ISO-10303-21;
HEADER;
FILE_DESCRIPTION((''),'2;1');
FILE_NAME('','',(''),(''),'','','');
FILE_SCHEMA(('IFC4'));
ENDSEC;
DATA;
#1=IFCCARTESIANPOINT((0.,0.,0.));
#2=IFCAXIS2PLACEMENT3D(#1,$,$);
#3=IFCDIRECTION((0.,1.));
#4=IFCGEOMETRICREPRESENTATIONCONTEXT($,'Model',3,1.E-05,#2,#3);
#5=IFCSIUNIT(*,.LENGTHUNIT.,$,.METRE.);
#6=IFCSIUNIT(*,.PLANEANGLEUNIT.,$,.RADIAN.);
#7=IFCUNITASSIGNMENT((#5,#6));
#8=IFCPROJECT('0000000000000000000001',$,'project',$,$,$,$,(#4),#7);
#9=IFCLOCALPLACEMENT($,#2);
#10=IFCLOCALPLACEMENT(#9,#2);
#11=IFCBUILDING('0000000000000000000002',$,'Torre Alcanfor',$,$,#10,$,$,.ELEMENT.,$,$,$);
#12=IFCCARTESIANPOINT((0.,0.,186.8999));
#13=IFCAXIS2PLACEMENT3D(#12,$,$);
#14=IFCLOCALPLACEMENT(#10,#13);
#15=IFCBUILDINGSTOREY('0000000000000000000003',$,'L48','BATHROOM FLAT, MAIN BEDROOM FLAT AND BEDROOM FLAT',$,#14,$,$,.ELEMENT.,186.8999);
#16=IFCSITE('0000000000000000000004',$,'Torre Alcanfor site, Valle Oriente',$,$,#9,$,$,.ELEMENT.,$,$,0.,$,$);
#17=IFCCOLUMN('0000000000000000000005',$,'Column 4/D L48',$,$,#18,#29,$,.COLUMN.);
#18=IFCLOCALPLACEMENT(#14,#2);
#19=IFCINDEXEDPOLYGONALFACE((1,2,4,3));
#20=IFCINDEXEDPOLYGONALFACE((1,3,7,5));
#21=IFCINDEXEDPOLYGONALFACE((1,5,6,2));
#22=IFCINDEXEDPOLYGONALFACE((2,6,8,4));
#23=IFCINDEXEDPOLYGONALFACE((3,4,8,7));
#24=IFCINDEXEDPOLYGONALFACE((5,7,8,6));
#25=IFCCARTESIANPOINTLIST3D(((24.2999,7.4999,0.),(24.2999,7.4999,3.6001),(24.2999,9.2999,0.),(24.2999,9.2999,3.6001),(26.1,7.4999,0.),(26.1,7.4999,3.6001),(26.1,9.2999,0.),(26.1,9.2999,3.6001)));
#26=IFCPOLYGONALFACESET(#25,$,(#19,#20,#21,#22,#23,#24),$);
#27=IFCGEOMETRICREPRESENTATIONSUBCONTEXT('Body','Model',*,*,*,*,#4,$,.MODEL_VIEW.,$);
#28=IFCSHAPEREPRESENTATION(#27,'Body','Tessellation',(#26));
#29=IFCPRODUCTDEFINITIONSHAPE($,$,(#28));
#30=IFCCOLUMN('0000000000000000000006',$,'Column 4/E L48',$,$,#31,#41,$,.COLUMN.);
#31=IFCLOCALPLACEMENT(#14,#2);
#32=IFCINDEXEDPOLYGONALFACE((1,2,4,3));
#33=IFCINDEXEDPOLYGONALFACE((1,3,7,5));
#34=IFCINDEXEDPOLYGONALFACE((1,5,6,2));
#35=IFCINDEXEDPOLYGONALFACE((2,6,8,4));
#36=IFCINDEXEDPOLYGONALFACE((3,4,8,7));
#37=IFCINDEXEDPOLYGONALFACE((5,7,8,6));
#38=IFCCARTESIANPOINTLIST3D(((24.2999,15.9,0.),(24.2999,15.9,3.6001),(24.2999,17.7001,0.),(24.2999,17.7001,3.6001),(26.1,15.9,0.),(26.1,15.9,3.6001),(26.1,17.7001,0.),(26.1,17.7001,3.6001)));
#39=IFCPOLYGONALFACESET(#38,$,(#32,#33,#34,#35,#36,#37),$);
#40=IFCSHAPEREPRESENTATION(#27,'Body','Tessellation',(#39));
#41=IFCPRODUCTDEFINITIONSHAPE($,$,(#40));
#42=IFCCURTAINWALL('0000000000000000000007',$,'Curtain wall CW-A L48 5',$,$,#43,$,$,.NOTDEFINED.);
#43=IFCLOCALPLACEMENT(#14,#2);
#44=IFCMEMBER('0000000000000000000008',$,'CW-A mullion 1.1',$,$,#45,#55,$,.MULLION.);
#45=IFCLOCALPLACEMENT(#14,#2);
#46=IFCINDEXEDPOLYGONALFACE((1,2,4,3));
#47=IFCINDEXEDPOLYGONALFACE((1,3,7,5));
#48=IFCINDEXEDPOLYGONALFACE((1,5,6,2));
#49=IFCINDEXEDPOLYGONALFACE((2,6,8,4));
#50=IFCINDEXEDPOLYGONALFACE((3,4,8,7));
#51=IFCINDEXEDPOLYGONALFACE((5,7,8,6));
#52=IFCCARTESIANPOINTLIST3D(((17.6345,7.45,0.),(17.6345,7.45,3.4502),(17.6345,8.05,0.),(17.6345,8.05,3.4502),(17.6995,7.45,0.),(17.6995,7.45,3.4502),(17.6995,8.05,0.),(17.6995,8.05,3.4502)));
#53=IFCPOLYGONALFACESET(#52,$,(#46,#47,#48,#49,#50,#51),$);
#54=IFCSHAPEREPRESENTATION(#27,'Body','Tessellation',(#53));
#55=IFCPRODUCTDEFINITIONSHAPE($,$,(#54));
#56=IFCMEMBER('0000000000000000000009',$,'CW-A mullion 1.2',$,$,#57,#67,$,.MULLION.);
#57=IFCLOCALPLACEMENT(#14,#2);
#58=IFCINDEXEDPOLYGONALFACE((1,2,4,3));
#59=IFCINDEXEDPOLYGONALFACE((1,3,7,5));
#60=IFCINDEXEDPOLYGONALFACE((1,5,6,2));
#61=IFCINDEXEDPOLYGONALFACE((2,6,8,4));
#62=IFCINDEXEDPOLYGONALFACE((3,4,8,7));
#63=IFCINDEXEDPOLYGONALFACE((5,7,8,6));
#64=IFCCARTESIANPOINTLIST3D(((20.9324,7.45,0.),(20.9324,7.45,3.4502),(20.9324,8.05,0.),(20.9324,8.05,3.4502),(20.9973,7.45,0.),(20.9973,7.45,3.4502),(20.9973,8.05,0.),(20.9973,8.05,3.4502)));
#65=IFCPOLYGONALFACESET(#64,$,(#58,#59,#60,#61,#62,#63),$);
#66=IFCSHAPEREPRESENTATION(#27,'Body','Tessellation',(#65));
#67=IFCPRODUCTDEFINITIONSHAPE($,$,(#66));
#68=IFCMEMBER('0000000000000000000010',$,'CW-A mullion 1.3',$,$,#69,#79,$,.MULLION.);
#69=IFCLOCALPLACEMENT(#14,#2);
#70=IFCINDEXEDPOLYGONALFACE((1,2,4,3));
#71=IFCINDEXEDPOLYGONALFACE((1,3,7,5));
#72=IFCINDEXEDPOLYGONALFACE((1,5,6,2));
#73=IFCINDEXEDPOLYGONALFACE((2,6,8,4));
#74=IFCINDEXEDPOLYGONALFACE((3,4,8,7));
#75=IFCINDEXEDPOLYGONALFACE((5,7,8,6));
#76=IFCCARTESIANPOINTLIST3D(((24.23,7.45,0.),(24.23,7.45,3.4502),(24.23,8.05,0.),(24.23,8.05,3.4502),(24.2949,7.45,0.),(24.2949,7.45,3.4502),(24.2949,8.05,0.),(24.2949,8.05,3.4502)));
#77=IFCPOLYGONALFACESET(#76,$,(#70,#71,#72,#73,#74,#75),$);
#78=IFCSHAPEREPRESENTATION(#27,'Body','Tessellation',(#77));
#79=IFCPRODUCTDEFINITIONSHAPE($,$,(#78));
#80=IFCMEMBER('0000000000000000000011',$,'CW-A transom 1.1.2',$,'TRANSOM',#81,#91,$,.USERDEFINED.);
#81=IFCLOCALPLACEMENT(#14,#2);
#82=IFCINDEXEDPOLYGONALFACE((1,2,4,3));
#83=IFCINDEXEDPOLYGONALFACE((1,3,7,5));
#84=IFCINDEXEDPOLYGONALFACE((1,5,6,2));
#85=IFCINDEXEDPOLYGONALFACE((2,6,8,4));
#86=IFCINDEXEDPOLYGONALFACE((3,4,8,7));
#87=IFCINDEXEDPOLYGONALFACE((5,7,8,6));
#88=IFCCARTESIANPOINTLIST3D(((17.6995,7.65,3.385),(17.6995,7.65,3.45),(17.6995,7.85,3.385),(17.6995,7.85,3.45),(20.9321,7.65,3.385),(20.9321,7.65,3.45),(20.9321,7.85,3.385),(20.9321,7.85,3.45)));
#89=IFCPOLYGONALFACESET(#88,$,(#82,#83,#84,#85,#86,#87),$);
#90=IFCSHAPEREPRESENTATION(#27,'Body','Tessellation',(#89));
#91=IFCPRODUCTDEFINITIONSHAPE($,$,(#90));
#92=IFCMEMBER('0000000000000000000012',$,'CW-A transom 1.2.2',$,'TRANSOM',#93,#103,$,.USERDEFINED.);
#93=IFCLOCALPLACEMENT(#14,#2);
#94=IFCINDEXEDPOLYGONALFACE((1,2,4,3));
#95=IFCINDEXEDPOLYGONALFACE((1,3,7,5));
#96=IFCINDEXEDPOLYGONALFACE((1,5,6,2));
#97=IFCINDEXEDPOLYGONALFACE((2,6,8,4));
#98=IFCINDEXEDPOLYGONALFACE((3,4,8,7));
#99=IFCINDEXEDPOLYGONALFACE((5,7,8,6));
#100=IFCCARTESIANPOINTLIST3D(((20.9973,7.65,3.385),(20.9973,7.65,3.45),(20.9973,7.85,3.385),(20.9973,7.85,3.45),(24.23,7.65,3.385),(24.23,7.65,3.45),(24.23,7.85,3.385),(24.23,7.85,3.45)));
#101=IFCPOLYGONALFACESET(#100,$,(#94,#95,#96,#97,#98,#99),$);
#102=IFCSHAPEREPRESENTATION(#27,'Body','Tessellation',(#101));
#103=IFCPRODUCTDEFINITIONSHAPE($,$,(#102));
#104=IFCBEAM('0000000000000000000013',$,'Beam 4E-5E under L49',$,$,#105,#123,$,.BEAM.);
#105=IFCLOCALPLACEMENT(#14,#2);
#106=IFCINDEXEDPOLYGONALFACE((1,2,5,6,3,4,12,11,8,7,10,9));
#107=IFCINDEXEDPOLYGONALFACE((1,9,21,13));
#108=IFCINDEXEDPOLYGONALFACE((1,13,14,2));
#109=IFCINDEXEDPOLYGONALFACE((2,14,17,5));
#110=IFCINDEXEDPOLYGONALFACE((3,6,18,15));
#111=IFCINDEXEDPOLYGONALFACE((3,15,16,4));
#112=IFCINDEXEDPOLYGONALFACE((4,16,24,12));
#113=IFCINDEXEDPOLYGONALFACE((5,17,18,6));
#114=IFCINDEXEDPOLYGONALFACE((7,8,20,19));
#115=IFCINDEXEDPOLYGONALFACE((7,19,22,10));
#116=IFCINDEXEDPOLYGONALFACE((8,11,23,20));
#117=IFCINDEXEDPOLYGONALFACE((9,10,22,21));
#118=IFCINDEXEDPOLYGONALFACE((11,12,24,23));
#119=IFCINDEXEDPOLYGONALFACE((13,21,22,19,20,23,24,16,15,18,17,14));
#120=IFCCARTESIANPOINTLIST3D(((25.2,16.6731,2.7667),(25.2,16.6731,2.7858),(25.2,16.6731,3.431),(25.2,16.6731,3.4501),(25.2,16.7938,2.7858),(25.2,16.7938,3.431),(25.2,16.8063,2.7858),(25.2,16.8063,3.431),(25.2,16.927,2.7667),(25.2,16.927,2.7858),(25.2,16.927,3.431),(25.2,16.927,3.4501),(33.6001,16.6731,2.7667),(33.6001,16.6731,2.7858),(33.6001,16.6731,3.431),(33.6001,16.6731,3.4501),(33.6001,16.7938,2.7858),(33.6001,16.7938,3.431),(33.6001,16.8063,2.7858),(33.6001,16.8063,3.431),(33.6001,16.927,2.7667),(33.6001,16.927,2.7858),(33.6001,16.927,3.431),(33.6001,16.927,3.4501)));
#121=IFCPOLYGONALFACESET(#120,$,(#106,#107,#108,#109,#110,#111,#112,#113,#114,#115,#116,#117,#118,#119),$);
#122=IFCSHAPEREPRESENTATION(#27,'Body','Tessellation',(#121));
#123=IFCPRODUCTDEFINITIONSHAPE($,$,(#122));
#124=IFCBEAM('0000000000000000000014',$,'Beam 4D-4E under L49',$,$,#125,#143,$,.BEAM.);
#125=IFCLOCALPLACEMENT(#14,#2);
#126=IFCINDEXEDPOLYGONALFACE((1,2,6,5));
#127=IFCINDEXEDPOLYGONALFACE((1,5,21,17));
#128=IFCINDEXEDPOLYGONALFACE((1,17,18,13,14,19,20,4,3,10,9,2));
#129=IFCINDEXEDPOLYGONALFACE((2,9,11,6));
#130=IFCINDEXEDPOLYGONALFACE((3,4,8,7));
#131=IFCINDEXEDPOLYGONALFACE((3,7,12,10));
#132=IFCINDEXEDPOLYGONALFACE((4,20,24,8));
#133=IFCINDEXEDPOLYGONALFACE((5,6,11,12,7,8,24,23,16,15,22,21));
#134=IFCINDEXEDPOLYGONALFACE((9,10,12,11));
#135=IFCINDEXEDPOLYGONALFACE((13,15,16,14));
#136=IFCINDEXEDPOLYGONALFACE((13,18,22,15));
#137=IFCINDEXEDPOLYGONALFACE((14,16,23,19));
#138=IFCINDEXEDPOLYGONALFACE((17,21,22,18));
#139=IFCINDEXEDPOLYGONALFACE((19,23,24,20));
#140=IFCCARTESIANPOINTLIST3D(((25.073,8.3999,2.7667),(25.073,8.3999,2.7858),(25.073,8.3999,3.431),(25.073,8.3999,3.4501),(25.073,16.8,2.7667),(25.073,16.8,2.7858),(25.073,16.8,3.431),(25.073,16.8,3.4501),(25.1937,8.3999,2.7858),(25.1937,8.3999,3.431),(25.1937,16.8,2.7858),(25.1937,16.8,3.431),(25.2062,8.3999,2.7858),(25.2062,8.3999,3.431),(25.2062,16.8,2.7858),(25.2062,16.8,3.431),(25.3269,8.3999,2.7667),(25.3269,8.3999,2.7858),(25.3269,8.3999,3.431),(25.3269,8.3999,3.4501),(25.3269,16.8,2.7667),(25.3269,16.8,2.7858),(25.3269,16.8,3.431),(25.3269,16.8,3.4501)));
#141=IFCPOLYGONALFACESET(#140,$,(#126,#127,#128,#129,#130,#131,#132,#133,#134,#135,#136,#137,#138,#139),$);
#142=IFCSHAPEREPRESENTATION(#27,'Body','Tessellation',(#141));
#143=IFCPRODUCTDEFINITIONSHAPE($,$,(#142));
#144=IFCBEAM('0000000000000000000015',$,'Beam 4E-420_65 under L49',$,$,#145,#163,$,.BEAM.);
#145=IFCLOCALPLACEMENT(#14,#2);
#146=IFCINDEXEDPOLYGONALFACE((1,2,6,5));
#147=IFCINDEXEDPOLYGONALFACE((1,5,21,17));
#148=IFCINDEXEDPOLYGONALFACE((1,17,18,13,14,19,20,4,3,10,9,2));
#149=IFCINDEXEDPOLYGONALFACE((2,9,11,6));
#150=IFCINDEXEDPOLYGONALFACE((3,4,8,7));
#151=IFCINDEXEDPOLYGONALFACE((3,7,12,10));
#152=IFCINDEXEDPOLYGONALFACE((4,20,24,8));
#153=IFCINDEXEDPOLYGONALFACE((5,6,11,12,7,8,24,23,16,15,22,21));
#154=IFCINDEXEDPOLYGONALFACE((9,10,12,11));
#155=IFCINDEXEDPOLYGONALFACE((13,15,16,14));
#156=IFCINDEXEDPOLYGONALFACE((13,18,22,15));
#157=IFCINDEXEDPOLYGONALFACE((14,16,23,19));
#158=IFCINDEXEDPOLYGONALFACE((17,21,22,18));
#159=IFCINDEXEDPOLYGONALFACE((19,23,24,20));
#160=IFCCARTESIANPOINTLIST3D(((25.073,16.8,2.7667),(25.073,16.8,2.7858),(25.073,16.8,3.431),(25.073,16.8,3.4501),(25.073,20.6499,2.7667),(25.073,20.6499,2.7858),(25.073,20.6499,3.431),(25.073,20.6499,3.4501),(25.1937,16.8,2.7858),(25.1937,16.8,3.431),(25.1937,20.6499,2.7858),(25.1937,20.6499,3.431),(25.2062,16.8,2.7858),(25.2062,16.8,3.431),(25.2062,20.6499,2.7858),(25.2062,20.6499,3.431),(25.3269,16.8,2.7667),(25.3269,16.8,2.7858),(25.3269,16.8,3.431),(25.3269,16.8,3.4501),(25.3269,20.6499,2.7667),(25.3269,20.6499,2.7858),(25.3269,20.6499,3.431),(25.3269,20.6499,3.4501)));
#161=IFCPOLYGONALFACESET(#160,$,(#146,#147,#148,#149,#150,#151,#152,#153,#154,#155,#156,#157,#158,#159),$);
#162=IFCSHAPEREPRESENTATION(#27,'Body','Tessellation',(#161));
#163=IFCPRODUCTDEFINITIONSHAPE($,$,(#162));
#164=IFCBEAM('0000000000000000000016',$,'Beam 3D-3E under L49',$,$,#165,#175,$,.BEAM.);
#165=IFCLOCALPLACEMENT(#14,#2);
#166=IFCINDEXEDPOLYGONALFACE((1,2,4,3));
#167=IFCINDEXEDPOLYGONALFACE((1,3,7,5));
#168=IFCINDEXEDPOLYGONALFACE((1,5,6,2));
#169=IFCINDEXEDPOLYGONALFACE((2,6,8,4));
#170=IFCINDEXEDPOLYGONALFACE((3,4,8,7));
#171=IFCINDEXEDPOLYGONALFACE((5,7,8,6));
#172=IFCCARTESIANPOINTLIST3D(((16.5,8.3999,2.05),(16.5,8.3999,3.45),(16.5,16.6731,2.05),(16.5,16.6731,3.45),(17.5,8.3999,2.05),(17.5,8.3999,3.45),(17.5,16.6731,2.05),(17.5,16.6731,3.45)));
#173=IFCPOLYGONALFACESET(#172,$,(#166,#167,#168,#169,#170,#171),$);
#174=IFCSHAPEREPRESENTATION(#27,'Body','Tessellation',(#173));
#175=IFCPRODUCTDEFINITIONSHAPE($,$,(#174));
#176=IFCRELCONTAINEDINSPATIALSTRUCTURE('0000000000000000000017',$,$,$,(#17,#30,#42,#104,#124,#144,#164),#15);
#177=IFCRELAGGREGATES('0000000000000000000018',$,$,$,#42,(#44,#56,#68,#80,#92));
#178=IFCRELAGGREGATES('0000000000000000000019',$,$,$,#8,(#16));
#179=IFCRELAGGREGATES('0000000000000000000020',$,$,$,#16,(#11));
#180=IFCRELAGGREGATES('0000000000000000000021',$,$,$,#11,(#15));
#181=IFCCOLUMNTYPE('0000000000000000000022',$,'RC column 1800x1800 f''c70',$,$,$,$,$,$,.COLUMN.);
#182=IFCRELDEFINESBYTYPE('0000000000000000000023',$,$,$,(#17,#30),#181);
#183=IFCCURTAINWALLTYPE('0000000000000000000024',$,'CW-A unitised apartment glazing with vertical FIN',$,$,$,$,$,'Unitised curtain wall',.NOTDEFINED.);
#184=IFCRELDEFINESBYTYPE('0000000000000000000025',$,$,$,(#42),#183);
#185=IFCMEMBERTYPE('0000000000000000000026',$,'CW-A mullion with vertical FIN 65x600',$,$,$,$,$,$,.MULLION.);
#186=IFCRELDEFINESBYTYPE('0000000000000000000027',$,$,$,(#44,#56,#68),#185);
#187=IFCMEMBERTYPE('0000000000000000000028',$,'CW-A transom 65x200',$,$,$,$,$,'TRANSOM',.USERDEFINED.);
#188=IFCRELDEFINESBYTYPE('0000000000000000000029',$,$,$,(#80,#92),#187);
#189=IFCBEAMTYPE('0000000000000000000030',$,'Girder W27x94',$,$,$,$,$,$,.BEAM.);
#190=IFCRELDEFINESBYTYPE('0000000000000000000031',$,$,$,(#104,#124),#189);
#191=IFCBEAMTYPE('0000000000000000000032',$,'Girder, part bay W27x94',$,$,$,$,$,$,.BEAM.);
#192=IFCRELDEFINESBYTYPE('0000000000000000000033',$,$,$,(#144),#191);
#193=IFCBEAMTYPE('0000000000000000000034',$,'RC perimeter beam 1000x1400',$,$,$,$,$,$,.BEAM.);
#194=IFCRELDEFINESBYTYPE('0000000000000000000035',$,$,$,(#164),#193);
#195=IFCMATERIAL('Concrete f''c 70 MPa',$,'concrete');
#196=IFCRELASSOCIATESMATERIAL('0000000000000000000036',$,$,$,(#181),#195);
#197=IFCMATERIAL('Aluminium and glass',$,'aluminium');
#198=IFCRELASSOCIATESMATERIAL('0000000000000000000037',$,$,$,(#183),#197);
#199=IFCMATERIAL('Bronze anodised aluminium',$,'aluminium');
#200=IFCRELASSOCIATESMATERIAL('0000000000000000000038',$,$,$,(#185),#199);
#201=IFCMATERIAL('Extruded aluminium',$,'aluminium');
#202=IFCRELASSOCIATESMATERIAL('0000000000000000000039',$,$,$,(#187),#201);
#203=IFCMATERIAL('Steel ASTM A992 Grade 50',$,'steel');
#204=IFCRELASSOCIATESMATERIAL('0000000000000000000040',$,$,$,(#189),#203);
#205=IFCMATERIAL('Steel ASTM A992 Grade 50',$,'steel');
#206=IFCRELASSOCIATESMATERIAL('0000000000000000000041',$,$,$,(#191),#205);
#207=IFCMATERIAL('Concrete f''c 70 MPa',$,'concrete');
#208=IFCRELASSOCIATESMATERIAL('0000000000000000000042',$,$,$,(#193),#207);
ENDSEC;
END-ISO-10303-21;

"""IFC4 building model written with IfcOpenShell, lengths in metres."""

from ifc_helpers import new_model, si_unit, direction, frame, origin, origin_2d, place, context, subcontext, project, spatial, rectangle, i_section, extrude, material, material_profile, profile_set, type_object, element, aggregate, save


model = new_model("IFC4")

# Units and contexts
model_context = context("Model", 3, precision=1e-05, world=origin(), true_north=direction((0.0, 1.0)))
body_context = subcontext(model_context, "Body", "Model", "MODEL_VIEW")
ifc_project = project(units=[si_unit("LENGTHUNIT", "METRE"), si_unit("PLANEANGLEUNIT", "RADIAN")], contexts=[model_context])

# Site, building, storey
site_placement = place(None, origin())
site = spatial("IfcSite", under=ifc_project, at=site_placement, Name="Torre Alcanfor site, Valle Oriente", CompositionType="ELEMENT", RefElevation=0.0)
building_placement = place(site_placement, origin())
building = spatial("IfcBuilding", under=site, at=building_placement, Name="Torre Alcanfor", CompositionType="ELEMENT")
storey_placement = place(building_placement, frame((0.0, 0.0, 186.8999)))
storey = spatial("IfcBuildingStorey", under=building, at=storey_placement, Name="L48", Description="BATHROOM FLAT, MAIN BEDROOM FLAT AND BEDROOM FLAT", CompositionType="ELEMENT", Elevation=186.8999)

# Columns
ifc_material_1 = material(Name="Concrete f'c 70 MPa", Category="concrete")
ifc_material_profile_1 = material_profile(ifc_material_1, rectangle(XDim=1.8, YDim=1.8, at=origin_2d()), Name="1800x1800")
ifc_profile_set_1 = profile_set([ifc_material_profile_1], Name="Concrete f'c 70 MPa")
column_type = type_object("IfcColumnType", Name="RC column 1800x1800 f'c70", PredefinedType="COLUMN", material=ifc_profile_set_1)
for number, where, z_axis, x_axis, name in (
    (1, (25.2, 8.3999, 0.0), (0.0, 0.0, 1.0), (1.0, 0.0, 0.0), "Column 4/D L48"),
    (2, (25.2, 16.8, 0.0), (0.0, 0.0, 1.0), (1.0, 0.0, 0.0), "Column 4/E L48"),
):
    element("IfcColumn", number, at=place(storey_placement, frame(where, z_axis=z_axis, x_axis=x_axis)), inside=storey, type_object=column_type, Name=name, PredefinedType="COLUMN", context=body_context, shape_type="SweptSolid", body=[
        extrude(rectangle(XDim=1.8, YDim=1.8, at=origin_2d()), origin(), (0.0, 0.0, 1.0), 3.6001),
    ])

# Curtain wall, members
ifc_material_2 = material(Name="Aluminium and glass", Category="aluminium")
curtain_wall_type = type_object("IfcCurtainWallType", Name="CW-A unitised apartment glazing with vertical FIN", ElementType="Unitised curtain wall", PredefinedType="NOTDEFINED", material=ifc_material_2)
curtain_wall_placement = place(storey_placement, origin())
curtain_wall = element("IfcCurtainWall", 3, at=curtain_wall_placement, inside=storey, type_object=curtain_wall_type, Name="Curtain wall CW-A L48 5", PredefinedType="NOTDEFINED")
ifc_material_3 = material(Name="Bronze anodised aluminium", Category="aluminium")
ifc_material_profile_2 = material_profile(ifc_material_3, rectangle(XDim=0.6001, YDim=0.0649, at=origin_2d()), Name="CW-A mullion 65x600")
ifc_profile_set_2 = profile_set([ifc_material_profile_2], Name="Bronze anodised aluminium")
member_type_1 = type_object("IfcMemberType", Name="CW-A mullion with vertical FIN 65x600", PredefinedType="MULLION", material=ifc_profile_set_2)
member_1_placement = place(storey_placement, frame((17.667, 7.75, 0.0), z_axis=(0.0, 0.0, 1.0), x_axis=(0.0, 1.0, 0.0)))
member_1 = element("IfcMember", 4, at=member_1_placement, type_object=member_type_1, Name="CW-A mullion 1.1", PredefinedType="MULLION", context=body_context, shape_type="SweptSolid", body=[
    extrude(rectangle(XDim=0.6001, YDim=0.0649, at=origin_2d()), origin(), (0.0, 0.0, 1.0), 3.4502),
])
member_2_placement = place(storey_placement, frame((20.9648, 7.75, 0.0), z_axis=(0.0, 0.0, 1.0), x_axis=(0.0, 1.0, 0.0)))
member_2 = element("IfcMember", 5, at=member_2_placement, type_object=member_type_1, Name="CW-A mullion 1.2", PredefinedType="MULLION", context=body_context, shape_type="SweptSolid", body=[
    extrude(rectangle(XDim=0.6001, YDim=0.0649, at=origin_2d()), origin(), (0.0, 0.0, 1.0), 3.4502),
])
member_3_placement = place(storey_placement, frame((24.2625, 7.75, 0.0), z_axis=(0.0, 0.0, 1.0), x_axis=(0.0, 1.0, 0.0)))
member_3 = element("IfcMember", 6, at=member_3_placement, type_object=member_type_1, Name="CW-A mullion 1.3", PredefinedType="MULLION", context=body_context, shape_type="SweptSolid", body=[
    extrude(rectangle(XDim=0.6001, YDim=0.0649, at=origin_2d()), origin(), (0.0, 0.0, 1.0), 3.4502),
])
ifc_material_4 = material(Name="Extruded aluminium", Category="aluminium")
ifc_material_profile_3 = material_profile(ifc_material_4, rectangle(XDim=0.2, YDim=0.0649, at=origin_2d()), Name="CW-A transom 200x65")
ifc_profile_set_3 = profile_set([ifc_material_profile_3], Name="Extruded aluminium")
member_type_2 = type_object("IfcMemberType", Name="CW-A transom 65x200", ElementType="TRANSOM", PredefinedType="USERDEFINED", material=ifc_profile_set_3)
member_4_placement = place(storey_placement, frame((17.6995, 7.75, 3.4175), z_axis=(1.0, 0.0, 0.0), x_axis=(0.0, 1.0, 0.0)))
member_4 = element("IfcMember", 7, at=member_4_placement, type_object=member_type_2, Name="CW-A transom 1.1.2", ObjectType="TRANSOM", PredefinedType="USERDEFINED", context=body_context, shape_type="SweptSolid", body=[
    extrude(rectangle(XDim=0.2, YDim=0.0649, at=origin_2d()), origin(), (0.0, 0.0, 1.0), 3.2327),
])
member_5_placement = place(storey_placement, frame((20.9973, 7.75, 3.4175), z_axis=(1.0, 0.0, 0.0), x_axis=(0.0, 1.0, 0.0)))
member_5 = element("IfcMember", 8, at=member_5_placement, type_object=member_type_2, Name="CW-A transom 1.2.2", ObjectType="TRANSOM", PredefinedType="USERDEFINED", context=body_context, shape_type="SweptSolid", body=[
    extrude(rectangle(XDim=0.2, YDim=0.0649, at=origin_2d()), origin(), (0.0, 0.0, 1.0), 3.2327),
])

# Beams
ifc_material_5 = material(Name="Steel ASTM A992 Grade 50", Category="steel")
ifc_material_profile_4 = material_profile(ifc_material_5, i_section(OverallWidth=0.2539, OverallDepth=0.6833, WebThickness=0.0125, FlangeThickness=0.019, at=origin_2d()), Name="W27x94")
ifc_profile_set_4 = profile_set([ifc_material_profile_4], Name="Steel ASTM A992 Grade 50")
beam_type_1 = type_object("IfcBeamType", Name="Girder W27x94", PredefinedType="BEAM", material=ifc_profile_set_4)
for number, where, z_axis, x_axis, name in (
    (9, (25.2, 16.8, 3.1084), (1.0, 0.0, 0.0), (0.0, 1.0, 0.0), "Beam 4E-5E under L49"),
    (10, (25.2, 8.3999, 3.1084), (0.0, 1.0, 0.0), (-1.0, 0.0, 0.0), "Beam 4D-4E under L49"),
):
    element("IfcBeam", number, at=place(storey_placement, frame(where, z_axis=z_axis, x_axis=x_axis)), inside=storey, type_object=beam_type_1, Name=name, PredefinedType="BEAM", context=body_context, shape_type="SweptSolid", body=[
        extrude(i_section(OverallWidth=0.2539, OverallDepth=0.6833, WebThickness=0.0125, FlangeThickness=0.019, at=origin_2d()), origin(), (0.0, 0.0, 1.0), 8.4001),
    ])
ifc_material_6 = material(Name="Steel ASTM A992 Grade 50", Category="steel")
ifc_material_profile_5 = material_profile(ifc_material_6, i_section(OverallWidth=0.2539, OverallDepth=0.6833, WebThickness=0.0125, FlangeThickness=0.019, at=origin_2d()), Name="W27x94")
ifc_profile_set_5 = profile_set([ifc_material_profile_5], Name="Steel ASTM A992 Grade 50")
beam_type_2 = type_object("IfcBeamType", Name="Girder, part bay W27x94", PredefinedType="BEAM", material=ifc_profile_set_5)
beam_1_placement = place(storey_placement, frame((25.2, 16.8, 3.1084), z_axis=(0.0, 1.0, 0.0), x_axis=(-1.0, 0.0, 0.0)))
element("IfcBeam", 11, at=beam_1_placement, inside=storey, type_object=beam_type_2, Name="Beam 4E-420_65 under L49", PredefinedType="BEAM", context=body_context, shape_type="SweptSolid", body=[
    extrude(i_section(OverallWidth=0.2539, OverallDepth=0.6833, WebThickness=0.0125, FlangeThickness=0.019, at=origin_2d()), origin(), (0.0, 0.0, 1.0), 3.8499),
])
ifc_material_7 = material(Name="Concrete f'c 70 MPa", Category="concrete")
ifc_material_profile_6 = material_profile(ifc_material_7, rectangle(XDim=1.0, YDim=1.3999, at=origin_2d()), Name="1000x1400")
ifc_profile_set_6 = profile_set([ifc_material_profile_6], Name="Concrete f'c 70 MPa")
beam_type_3 = type_object("IfcBeamType", Name="RC perimeter beam 1000x1400", PredefinedType="BEAM", material=ifc_profile_set_6)
beam_2_placement = place(storey_placement, frame((17.0, 8.3999, 2.75), z_axis=(0.0, 1.0, 0.0), x_axis=(-1.0, 0.0, 0.0)))
element("IfcBeam", 12, at=beam_2_placement, inside=storey, type_object=beam_type_3, Name="Beam 3D-3E under L49", PredefinedType="BEAM", context=body_context, shape_type="SweptSolid", body=[
    extrude(rectangle(XDim=1.0, YDim=1.3999, at=origin_2d()), origin(), (0.0, 0.0, 1.0), 8.2732),
])

aggregate(curtain_wall, [member_1, member_2, member_3, member_4, member_5])

save(model, "model.ifc")
